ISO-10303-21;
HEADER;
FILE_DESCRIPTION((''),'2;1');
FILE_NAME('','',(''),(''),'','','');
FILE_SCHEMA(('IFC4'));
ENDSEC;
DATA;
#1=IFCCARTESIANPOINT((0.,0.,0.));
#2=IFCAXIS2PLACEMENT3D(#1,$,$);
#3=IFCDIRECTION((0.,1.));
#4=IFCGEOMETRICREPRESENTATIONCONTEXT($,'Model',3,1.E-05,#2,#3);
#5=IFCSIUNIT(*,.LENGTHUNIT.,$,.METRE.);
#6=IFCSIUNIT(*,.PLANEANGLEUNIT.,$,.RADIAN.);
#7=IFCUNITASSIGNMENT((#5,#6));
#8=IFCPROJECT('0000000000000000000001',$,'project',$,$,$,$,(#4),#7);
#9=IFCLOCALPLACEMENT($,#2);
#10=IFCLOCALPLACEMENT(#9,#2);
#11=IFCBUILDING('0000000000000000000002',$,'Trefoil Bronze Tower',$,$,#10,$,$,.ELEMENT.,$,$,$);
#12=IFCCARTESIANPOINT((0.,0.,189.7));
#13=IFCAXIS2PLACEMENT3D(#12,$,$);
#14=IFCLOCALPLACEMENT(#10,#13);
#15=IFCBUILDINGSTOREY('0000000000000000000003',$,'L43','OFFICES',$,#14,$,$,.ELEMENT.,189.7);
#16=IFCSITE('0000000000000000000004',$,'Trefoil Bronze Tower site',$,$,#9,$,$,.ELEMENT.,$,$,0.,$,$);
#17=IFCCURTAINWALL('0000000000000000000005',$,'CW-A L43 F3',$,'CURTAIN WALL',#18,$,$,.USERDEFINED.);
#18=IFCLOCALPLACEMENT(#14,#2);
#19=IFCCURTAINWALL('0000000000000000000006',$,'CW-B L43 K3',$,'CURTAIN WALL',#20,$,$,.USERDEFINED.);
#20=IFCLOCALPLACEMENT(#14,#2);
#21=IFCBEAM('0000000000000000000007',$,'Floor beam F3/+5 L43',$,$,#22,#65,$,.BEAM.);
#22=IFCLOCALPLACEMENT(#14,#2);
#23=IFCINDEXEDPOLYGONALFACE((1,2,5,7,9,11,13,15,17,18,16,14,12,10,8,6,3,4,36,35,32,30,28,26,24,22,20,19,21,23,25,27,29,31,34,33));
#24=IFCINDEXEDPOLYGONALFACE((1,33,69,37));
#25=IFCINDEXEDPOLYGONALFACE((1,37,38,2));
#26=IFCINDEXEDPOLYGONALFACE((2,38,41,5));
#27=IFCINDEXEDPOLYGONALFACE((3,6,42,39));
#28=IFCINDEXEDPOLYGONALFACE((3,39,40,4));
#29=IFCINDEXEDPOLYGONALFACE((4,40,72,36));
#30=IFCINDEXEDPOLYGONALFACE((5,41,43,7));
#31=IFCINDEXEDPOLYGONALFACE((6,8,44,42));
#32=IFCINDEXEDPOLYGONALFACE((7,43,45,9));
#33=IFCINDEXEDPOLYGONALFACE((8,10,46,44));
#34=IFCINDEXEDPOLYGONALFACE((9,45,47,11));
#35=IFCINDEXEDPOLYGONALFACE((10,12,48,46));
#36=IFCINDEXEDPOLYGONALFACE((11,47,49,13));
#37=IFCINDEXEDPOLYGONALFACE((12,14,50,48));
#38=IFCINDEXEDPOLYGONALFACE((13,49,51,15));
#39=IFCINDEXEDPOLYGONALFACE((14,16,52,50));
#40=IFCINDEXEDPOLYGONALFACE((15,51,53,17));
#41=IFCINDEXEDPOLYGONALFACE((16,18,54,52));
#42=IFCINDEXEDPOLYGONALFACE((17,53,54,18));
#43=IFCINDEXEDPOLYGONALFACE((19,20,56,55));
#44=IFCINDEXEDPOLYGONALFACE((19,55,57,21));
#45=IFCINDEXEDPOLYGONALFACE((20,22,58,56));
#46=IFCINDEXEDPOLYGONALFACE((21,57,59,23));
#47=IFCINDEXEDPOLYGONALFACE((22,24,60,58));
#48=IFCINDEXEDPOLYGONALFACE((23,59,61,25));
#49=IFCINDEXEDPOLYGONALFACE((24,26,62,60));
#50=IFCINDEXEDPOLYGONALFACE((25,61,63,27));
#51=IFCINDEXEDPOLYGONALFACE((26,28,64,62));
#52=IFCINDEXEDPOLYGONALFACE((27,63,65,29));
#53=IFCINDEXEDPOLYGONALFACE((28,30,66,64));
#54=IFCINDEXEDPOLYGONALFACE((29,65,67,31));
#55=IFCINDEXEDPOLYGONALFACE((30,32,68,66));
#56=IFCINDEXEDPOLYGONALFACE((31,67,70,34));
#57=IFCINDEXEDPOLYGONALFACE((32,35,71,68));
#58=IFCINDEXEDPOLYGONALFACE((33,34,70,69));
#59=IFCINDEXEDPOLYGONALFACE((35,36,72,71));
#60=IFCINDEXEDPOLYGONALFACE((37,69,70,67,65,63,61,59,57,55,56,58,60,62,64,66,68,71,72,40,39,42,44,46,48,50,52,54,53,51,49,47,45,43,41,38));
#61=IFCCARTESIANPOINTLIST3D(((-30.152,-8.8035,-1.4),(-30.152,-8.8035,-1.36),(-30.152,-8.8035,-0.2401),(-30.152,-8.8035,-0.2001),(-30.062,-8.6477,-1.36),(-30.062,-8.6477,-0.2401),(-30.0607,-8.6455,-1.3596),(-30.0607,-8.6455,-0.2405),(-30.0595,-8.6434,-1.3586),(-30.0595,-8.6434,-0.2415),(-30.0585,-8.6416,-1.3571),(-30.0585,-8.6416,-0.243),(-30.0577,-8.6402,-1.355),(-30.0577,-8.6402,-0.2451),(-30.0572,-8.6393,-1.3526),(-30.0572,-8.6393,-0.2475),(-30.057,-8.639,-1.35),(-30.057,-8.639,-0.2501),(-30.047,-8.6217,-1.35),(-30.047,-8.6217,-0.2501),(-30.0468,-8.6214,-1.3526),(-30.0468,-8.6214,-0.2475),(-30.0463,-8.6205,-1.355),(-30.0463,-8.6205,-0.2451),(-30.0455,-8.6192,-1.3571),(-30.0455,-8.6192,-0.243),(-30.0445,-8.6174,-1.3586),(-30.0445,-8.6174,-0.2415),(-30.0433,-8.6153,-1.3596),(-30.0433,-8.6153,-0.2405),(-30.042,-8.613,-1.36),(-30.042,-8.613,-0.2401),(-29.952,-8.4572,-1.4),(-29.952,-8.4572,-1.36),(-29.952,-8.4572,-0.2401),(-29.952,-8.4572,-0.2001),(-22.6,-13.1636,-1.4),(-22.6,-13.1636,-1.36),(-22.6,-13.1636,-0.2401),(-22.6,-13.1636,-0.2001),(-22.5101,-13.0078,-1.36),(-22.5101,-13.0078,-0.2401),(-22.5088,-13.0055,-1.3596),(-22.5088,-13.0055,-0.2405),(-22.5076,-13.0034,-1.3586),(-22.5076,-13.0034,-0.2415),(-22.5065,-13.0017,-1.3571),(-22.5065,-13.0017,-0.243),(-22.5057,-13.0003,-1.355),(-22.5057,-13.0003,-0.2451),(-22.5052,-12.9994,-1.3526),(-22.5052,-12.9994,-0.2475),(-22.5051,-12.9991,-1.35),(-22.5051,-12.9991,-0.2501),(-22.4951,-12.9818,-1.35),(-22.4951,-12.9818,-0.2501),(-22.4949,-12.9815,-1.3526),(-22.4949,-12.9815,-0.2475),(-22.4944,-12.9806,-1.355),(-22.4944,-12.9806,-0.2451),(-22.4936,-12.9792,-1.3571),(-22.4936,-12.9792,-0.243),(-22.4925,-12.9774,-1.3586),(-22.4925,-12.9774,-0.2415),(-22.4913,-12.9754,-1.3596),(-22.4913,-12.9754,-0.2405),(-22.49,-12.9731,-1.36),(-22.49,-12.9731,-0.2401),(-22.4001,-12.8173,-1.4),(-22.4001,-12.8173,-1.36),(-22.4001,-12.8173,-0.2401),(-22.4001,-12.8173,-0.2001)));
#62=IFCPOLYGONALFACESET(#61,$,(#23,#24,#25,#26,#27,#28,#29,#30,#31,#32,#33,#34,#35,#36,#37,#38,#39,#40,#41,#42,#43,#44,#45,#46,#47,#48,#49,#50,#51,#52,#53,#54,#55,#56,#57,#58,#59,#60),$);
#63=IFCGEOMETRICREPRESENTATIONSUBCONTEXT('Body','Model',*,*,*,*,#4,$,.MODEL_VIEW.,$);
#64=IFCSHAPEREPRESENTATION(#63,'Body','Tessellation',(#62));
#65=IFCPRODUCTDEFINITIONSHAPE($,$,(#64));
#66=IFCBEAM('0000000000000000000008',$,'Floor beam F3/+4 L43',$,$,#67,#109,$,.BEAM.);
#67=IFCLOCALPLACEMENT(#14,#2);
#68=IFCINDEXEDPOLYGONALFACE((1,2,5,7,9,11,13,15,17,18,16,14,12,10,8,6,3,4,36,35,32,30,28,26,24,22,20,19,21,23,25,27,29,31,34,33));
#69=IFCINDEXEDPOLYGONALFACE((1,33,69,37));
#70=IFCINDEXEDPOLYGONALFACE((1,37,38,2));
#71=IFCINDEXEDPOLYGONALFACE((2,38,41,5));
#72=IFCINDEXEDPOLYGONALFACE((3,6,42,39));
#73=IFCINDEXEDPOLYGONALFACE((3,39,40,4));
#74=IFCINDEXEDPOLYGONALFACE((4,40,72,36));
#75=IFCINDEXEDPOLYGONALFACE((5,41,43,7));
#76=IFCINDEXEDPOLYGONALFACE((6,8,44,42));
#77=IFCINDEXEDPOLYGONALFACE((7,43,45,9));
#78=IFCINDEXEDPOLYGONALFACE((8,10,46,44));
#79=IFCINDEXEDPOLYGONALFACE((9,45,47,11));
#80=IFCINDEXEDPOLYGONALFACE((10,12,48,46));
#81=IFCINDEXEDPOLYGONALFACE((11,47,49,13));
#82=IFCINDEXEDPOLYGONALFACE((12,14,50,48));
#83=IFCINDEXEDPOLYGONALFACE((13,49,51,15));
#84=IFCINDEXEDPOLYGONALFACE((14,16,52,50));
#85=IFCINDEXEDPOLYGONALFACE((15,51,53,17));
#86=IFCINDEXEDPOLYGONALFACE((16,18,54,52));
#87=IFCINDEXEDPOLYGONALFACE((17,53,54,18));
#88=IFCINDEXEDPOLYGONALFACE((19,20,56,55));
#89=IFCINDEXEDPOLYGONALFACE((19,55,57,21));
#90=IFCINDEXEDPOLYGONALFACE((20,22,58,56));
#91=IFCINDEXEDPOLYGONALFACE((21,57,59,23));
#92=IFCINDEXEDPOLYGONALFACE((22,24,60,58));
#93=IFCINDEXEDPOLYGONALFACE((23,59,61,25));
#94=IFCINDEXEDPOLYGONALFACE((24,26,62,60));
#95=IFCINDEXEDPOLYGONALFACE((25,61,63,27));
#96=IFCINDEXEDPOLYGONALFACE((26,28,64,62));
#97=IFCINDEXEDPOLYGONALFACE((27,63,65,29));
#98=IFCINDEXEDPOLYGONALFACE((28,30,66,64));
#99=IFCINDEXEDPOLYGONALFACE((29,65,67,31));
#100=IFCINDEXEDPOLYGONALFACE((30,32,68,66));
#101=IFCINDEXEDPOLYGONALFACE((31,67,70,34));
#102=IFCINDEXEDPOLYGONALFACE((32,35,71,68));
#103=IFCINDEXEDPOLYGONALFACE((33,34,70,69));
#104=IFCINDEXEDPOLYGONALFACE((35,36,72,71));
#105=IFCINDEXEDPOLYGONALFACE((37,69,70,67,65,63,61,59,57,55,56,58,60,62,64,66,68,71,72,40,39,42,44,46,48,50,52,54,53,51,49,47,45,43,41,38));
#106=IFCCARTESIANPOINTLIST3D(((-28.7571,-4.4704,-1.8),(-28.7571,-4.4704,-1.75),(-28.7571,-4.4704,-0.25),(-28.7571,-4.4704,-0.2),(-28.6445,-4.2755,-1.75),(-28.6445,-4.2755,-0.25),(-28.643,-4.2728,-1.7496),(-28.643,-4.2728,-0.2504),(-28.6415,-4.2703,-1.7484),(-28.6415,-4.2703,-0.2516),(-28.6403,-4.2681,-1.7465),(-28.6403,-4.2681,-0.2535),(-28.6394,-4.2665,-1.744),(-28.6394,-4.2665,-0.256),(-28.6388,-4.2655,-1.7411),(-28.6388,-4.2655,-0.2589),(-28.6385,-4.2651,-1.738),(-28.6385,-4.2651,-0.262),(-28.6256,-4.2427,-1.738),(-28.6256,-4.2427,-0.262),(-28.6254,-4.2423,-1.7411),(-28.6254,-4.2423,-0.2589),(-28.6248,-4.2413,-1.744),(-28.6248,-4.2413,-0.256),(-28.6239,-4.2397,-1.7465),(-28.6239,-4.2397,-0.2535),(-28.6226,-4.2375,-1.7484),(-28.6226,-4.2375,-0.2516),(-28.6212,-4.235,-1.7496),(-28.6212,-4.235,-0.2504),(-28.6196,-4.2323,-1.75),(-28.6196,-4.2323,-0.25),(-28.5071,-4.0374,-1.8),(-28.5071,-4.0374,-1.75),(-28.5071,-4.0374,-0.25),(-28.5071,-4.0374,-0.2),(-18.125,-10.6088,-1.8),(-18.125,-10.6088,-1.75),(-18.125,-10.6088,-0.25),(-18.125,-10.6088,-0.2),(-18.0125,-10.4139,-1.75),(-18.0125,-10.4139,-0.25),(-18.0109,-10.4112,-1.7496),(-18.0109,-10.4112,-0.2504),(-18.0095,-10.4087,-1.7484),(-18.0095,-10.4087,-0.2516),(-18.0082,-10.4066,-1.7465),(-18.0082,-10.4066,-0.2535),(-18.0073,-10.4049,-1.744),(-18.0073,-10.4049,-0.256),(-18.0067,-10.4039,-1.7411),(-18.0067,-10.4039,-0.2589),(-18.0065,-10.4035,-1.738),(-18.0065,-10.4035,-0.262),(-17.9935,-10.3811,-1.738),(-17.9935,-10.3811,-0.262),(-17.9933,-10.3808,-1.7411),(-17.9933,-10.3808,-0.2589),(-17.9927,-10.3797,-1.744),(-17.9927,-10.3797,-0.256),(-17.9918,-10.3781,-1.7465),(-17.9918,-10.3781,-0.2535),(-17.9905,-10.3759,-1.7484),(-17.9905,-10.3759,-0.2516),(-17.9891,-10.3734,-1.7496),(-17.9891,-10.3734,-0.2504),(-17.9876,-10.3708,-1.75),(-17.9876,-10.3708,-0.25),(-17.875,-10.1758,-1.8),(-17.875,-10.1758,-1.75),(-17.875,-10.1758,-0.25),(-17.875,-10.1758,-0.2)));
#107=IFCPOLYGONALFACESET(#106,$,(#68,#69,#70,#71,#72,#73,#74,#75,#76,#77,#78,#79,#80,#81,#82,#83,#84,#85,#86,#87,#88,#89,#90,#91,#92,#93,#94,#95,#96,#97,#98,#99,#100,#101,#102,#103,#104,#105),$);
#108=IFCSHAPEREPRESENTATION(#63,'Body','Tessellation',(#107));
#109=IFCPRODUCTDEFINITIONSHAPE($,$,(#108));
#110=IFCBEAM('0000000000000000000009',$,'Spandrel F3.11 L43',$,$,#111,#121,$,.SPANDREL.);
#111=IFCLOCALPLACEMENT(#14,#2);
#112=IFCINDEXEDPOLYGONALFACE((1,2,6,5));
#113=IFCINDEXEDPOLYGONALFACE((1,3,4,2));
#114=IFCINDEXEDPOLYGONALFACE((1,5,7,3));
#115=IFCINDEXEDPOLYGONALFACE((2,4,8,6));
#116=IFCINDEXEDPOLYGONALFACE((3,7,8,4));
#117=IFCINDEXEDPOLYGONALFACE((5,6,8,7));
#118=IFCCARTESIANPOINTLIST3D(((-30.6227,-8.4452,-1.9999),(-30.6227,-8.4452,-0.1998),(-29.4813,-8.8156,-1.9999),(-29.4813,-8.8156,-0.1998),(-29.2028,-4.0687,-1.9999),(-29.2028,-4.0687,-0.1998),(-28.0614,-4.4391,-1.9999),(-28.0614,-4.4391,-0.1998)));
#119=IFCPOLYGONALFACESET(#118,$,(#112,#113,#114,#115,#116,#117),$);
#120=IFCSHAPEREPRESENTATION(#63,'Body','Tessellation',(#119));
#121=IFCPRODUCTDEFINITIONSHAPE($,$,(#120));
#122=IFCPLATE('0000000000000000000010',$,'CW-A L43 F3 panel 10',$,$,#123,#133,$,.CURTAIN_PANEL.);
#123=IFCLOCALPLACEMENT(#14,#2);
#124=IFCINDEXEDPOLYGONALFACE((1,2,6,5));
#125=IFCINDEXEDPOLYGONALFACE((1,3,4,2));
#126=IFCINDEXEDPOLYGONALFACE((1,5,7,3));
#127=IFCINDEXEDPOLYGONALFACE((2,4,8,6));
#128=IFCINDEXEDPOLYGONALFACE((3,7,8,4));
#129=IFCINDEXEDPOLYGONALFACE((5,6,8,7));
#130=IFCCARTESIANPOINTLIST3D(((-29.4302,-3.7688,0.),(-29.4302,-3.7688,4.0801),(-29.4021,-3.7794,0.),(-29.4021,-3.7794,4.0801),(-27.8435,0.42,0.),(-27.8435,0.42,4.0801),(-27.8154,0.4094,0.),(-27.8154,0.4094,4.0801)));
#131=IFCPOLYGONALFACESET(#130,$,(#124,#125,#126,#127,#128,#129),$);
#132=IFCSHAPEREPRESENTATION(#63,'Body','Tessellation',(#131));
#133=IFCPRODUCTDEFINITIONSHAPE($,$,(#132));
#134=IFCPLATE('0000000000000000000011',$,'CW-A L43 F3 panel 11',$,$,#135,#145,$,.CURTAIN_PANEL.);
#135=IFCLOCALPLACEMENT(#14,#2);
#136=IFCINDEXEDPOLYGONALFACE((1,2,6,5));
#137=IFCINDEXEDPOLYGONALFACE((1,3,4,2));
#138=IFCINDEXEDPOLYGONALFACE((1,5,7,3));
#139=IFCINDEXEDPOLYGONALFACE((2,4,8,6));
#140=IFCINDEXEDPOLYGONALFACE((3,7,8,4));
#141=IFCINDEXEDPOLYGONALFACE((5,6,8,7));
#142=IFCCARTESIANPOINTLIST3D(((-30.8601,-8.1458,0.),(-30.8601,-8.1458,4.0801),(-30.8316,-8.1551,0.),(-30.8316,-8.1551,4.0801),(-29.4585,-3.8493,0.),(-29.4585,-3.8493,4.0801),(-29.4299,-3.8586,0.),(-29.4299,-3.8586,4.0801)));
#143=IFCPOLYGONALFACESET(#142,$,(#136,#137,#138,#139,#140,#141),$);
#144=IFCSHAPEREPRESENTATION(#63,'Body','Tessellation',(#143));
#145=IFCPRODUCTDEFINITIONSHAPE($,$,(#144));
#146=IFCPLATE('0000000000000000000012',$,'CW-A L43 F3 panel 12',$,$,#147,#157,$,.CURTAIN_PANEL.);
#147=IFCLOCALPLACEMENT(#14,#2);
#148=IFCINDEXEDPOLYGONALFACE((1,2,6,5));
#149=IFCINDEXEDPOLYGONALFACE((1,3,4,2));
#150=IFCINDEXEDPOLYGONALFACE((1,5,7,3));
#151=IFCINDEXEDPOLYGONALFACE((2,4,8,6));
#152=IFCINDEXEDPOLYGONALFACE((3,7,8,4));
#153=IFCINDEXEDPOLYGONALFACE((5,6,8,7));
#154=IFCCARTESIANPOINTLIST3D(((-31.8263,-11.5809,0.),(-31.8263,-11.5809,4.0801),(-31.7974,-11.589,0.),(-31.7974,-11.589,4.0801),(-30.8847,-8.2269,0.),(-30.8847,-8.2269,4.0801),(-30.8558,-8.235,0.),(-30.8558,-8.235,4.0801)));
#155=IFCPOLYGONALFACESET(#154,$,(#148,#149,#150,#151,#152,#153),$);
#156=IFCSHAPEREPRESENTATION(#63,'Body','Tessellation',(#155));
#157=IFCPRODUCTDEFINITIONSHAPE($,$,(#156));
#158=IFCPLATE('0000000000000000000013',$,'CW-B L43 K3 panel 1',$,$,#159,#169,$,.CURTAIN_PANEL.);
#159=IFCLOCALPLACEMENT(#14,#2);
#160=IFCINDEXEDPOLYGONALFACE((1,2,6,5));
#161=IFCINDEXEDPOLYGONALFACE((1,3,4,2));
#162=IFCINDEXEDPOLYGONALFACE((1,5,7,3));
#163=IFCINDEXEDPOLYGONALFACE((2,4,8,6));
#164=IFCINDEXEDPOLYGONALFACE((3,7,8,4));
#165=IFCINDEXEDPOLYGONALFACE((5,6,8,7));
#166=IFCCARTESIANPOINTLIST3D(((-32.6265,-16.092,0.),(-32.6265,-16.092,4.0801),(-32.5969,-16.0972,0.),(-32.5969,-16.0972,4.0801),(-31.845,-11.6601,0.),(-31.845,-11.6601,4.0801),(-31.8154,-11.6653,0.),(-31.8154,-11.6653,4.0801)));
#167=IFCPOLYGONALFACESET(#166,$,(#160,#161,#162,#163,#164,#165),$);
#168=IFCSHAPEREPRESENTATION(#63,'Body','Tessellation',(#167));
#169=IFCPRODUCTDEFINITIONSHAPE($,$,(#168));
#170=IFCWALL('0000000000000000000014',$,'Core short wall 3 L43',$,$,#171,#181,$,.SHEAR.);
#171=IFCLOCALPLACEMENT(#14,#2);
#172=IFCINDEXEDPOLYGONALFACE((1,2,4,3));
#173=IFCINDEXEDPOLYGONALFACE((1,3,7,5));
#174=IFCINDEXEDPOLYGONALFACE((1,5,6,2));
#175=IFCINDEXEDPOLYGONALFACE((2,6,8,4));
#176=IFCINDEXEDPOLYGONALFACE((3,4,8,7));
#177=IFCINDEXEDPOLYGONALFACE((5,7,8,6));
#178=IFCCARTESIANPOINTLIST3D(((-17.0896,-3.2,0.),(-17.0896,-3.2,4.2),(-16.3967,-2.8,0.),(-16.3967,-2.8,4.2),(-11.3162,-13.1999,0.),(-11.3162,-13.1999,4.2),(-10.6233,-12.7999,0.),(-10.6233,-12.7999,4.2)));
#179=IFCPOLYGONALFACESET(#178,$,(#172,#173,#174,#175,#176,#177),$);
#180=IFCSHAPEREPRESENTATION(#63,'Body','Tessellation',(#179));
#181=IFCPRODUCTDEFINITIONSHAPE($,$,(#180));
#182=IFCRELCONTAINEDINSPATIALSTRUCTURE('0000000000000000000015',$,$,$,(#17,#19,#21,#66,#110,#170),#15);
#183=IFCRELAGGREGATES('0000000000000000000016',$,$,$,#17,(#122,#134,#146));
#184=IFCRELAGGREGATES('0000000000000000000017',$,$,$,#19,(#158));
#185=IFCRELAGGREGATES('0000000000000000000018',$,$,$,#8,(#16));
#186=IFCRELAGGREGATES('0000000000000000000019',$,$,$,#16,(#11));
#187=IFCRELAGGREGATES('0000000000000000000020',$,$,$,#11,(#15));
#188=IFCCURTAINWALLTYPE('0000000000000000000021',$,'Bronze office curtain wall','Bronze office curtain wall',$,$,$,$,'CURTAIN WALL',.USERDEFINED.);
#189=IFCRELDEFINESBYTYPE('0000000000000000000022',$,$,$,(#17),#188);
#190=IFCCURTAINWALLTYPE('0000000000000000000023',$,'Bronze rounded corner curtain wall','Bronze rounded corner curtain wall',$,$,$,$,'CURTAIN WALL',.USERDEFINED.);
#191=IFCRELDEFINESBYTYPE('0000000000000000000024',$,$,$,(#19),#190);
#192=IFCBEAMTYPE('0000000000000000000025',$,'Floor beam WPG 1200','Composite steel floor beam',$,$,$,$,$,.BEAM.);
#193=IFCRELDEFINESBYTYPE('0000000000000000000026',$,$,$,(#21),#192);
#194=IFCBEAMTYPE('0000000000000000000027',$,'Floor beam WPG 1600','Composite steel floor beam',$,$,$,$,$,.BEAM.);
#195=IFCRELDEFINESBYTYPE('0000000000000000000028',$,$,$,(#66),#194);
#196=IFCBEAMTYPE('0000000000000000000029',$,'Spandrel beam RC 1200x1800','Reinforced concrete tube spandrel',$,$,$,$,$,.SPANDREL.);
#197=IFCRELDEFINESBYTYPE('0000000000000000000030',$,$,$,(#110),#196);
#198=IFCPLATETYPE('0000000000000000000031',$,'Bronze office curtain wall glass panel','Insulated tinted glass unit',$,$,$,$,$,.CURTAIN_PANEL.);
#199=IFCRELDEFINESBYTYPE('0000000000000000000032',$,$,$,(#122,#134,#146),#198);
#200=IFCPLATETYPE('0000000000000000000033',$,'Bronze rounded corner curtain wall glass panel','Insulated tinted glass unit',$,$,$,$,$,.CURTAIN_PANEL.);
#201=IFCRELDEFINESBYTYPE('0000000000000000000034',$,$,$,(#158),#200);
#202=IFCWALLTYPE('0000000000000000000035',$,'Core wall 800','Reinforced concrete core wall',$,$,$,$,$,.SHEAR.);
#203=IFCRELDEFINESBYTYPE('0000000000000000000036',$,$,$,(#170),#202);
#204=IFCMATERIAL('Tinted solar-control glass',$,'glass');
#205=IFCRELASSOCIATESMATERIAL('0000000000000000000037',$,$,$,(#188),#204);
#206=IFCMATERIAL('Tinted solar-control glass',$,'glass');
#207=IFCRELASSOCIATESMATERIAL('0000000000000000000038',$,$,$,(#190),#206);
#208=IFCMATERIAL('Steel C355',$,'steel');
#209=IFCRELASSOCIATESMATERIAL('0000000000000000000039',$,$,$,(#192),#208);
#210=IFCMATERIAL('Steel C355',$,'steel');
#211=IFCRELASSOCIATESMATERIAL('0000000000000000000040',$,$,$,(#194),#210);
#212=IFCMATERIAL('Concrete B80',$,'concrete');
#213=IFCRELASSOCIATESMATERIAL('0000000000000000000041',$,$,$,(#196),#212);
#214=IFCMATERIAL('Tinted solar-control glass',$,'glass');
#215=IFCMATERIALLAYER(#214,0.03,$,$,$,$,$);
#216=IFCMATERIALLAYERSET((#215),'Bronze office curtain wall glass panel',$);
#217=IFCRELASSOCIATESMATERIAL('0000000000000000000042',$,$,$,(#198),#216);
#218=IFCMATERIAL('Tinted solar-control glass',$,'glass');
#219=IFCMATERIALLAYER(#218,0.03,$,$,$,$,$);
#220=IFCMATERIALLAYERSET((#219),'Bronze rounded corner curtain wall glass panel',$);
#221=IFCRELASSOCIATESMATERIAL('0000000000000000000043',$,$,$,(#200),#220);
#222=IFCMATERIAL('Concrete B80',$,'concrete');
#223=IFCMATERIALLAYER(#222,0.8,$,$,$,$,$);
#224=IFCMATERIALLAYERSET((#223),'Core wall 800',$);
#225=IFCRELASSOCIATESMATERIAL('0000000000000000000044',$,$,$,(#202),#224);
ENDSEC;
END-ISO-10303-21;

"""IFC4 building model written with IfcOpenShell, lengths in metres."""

from ifc_helpers import new_model, si_unit, direction, frame, frame_2d, origin, origin_2d, place, context, subcontext, project, spatial, rectangle, i_section, extrude, material, layer, layer_set, material_profile, profile_set, type_object, element, aggregate, save


model = new_model("IFC4")

# Units and contexts
model_context = context("Model", 3, precision=1e-05, world=origin(), true_north=direction((0.0, 1.0)))
body_context = subcontext(model_context, "Body", "Model", "MODEL_VIEW")
ifc_project = project(units=[si_unit("LENGTHUNIT", "METRE"), si_unit("PLANEANGLEUNIT", "RADIAN")], contexts=[model_context])

# Site, building, storey
site_placement = place(None, origin())
site = spatial("IfcSite", under=ifc_project, at=site_placement, Name="Trefoil Bronze Tower site", CompositionType="ELEMENT", RefElevation=0.0)
building_placement = place(site_placement, origin())
building = spatial("IfcBuilding", under=site, at=building_placement, Name="Trefoil Bronze Tower", CompositionType="ELEMENT")
storey_placement = place(building_placement, frame((0.0, 0.0, 189.7)))
storey = spatial("IfcBuildingStorey", under=building, at=storey_placement, Name="L43", Description="OFFICES", CompositionType="ELEMENT", Elevation=189.7)

# Curtain walls
ifc_material_1 = material(Name="Tinted solar-control glass", Category="glass")
curtain_wall_type_1 = type_object("IfcCurtainWallType", Name="Bronze office curtain wall", Description="Bronze office curtain wall", ElementType="CURTAIN WALL", PredefinedType="USERDEFINED", material=ifc_material_1)
curtain_wall_1_placement = place(storey_placement, origin())
curtain_wall_1 = element("IfcCurtainWall", 1, at=curtain_wall_1_placement, inside=storey, type_object=curtain_wall_type_1, Name="CW-A L43 F3", ObjectType="CURTAIN WALL", PredefinedType="USERDEFINED")
ifc_material_2 = material(Name="Tinted solar-control glass", Category="glass")
curtain_wall_type_2 = type_object("IfcCurtainWallType", Name="Bronze rounded corner curtain wall", Description="Bronze rounded corner curtain wall", ElementType="CURTAIN WALL", PredefinedType="USERDEFINED", material=ifc_material_2)
curtain_wall_2_placement = place(storey_placement, origin())
curtain_wall_2 = element("IfcCurtainWall", 2, at=curtain_wall_2_placement, inside=storey, type_object=curtain_wall_type_2, Name="CW-B L43 K3", ObjectType="CURTAIN WALL", PredefinedType="USERDEFINED")

# Beams
ifc_material_3 = material(Name="Steel C355", Category="steel")
ifc_material_profile_1 = material_profile(ifc_material_3, i_section(OverallWidth=0.3999, OverallDepth=1.2, WebThickness=0.02, FlangeThickness=0.04, FilletRadius=0.01, at=origin_2d()), Name="WPG 1200")
ifc_profile_set_1 = profile_set([ifc_material_profile_1], Name="Steel C355")
beam_type_1 = type_object("IfcBeamType", Name="Floor beam WPG 1200", Description="Composite steel floor beam", PredefinedType="BEAM", material=ifc_profile_set_1)
beam_1_placement = place(storey_placement, frame((-30.052, -8.6304, -0.8), z_axis=(0.866028, -0.499996, 0.0), x_axis=(0.499996, 0.866028, 0.0)))
element("IfcBeam", 3, at=beam_1_placement, inside=storey, type_object=beam_type_1, Name="Floor beam F3/+5 L43", PredefinedType="BEAM", context=body_context, shape_type="SweptSolid", body=[
    extrude(i_section(OverallWidth=0.3999, OverallDepth=1.2, WebThickness=0.02, FlangeThickness=0.04, FilletRadius=0.01, at=origin_2d()), origin(), (0.0, 0.0, 1.0), 8.7202),
])
ifc_material_4 = material(Name="Steel C355", Category="steel")
ifc_material_profile_2 = material_profile(ifc_material_4, i_section(OverallWidth=0.5, OverallDepth=1.6001, WebThickness=0.0259, FlangeThickness=0.05, FilletRadius=0.012, at=origin_2d()), Name="WPG 1600")
ifc_profile_set_2 = profile_set([ifc_material_profile_2], Name="Steel C355")
beam_type_2 = type_object("IfcBeamType", Name="Floor beam WPG 1600", Description="Composite steel floor beam", PredefinedType="BEAM", material=ifc_profile_set_2)
beam_2_placement = place(storey_placement, frame((-28.6321, -4.2539, -1.0), z_axis=(0.866026, -0.5, 0.0), x_axis=(0.5, 0.866026, 0.0)))
element("IfcBeam", 4, at=beam_2_placement, inside=storey, type_object=beam_type_2, Name="Floor beam F3/+4 L43", PredefinedType="BEAM", context=body_context, shape_type="SweptSolid", body=[
    extrude(i_section(OverallWidth=0.5, OverallDepth=1.6001, WebThickness=0.0259, FlangeThickness=0.05, FilletRadius=0.012, at=origin_2d()), origin(), (0.0, 0.0, 1.0), 12.2769),
])
ifc_material_5 = material(Name="Concrete B80", Category="concrete")
ifc_material_profile_3 = material_profile(ifc_material_5, rectangle(XDim=1.2, YDim=1.8, at=origin_2d()), Name="RC 1200x1800")
ifc_profile_set_3 = profile_set([ifc_material_profile_3], Name="Concrete B80")
beam_type_3 = type_object("IfcBeamType", Name="Spandrel beam RC 1200x1800", Description="Reinforced concrete tube spandrel", PredefinedType="SPANDREL", material=ifc_profile_set_3)
beam_3_placement = place(storey_placement, frame((-28.6321, -4.2539, -1.0999), z_axis=(-0.308609, -0.951189, 0.0), x_axis=(0.951189, -0.308609, 0.0)))
element("IfcBeam", 5, at=beam_3_placement, inside=storey, type_object=beam_type_3, Name="Spandrel F3.11 L43", PredefinedType="SPANDREL", context=body_context, shape_type="SweptSolid", body=[
    extrude(rectangle(XDim=1.2, YDim=1.8, at=origin_2d()), origin(), (0.0, 0.0, 1.0), 4.6011),
])

# Plates
ifc_material_6 = material(Name="Tinted solar-control glass", Category="glass")
ifc_layer_1 = layer(ifc_material_6, 0.03)
ifc_layer_set_1 = layer_set([ifc_layer_1], Name="Bronze office curtain wall glass panel")
plate_type_1 = type_object("IfcPlateType", Name="Bronze office curtain wall glass panel", Description="Insulated tinted glass unit", PredefinedType="CURTAIN_PANEL", material=ifc_layer_set_1)
plate_1_placement = place(storey_placement, frame((-28.6228, -1.6797, 0.0), z_axis=(0.0, 0.0, 1.0), x_axis=(-0.354234, -0.935157, 0.0)))
plate_1 = element("IfcPlate", 6, at=plate_1_placement, type_object=plate_type_1, Name="CW-A L43 F3 panel 10", PredefinedType="CURTAIN_PANEL", context=body_context, shape_type="SweptSolid", body=[
    extrude(rectangle(XDim=4.4792, YDim=0.03, at=origin_2d()), origin(), (0.0, 0.0, 1.0), 4.0801),
])
plate_2_placement = place(storey_placement, frame((-30.145, -6.0022, 0.0), z_axis=(0.0, 0.0, 1.0), x_axis=(-0.310149, -0.950688, 0.0)))
plate_2 = element("IfcPlate", 7, at=plate_2_placement, type_object=plate_type_1, Name="CW-A L43 F3 panel 11", PredefinedType="CURTAIN_PANEL", context=body_context, shape_type="SweptSolid", body=[
    extrude(rectangle(XDim=4.5193, YDim=0.03, at=origin_2d()), origin(), (0.0, 0.0, 1.0), 4.0801),
])
plate_3_placement = place(storey_placement, frame((-31.3411, -9.908, 0.0), z_axis=(0.0, 0.0, 1.0), x_axis=(-0.270282, -0.962781, 0.0)))
plate_3 = element("IfcPlate", 8, at=plate_3_placement, type_object=plate_type_1, Name="CW-A L43 F3 panel 12", PredefinedType="CURTAIN_PANEL", context=body_context, shape_type="SweptSolid", body=[
    extrude(rectangle(XDim=3.4836, YDim=0.03, at=origin_2d()), origin(), (0.0, 0.0, 1.0), 4.0801),
])
aggregate(curtain_wall_1, [plate_1, plate_2, plate_3])
ifc_material_7 = material(Name="Tinted solar-control glass", Category="glass")
ifc_layer_2 = layer(ifc_material_7, 0.03)
ifc_layer_set_2 = layer_set([ifc_layer_2], Name="Bronze rounded corner curtain wall glass panel")
plate_type_2 = type_object("IfcPlateType", Name="Bronze rounded corner curtain wall glass panel", Description="Insulated tinted glass unit", PredefinedType="CURTAIN_PANEL", material=ifc_layer_set_2)
plate_4_placement = place(storey_placement, frame((-32.2209, -13.8787, 0.0), z_axis=(0.0, 0.0, 1.0), x_axis=(-0.173648, -0.984808, 0.0)))
plate_4 = element("IfcPlate", 9, at=plate_4_placement, type_object=plate_type_2, Name="CW-B L43 K3 panel 1", PredefinedType="CURTAIN_PANEL", context=body_context, shape_type="SweptSolid", body=[
    extrude(rectangle(XDim=4.5002, YDim=0.03, at=origin_2d()), origin(), (0.0, 0.0, 1.0), 4.0801),
])
aggregate(curtain_wall_2, [plate_4])

# Wall
ifc_material_8 = material(Name="Concrete B80", Category="concrete")
ifc_layer_3 = layer(ifc_material_8, 0.8)
ifc_layer_set_3 = layer_set([ifc_layer_3], Name="Core wall 800")
wall_type_1 = type_object("IfcWallType", Name="Core wall 800", Description="Reinforced concrete core wall", PredefinedType="SHEAR", material=ifc_layer_set_3)
wall_1_placement = place(storey_placement, frame((-16.7432, -3.0, 0.0), z_axis=(0.0, 0.0, 1.0), x_axis=(0.499996, -0.866028, 0.0)))
element("IfcWall", 10, at=wall_1_placement, inside=storey, type_object=wall_type_1, Name="Core short wall 3 L43", PredefinedType="SHEAR", context=body_context, shape_type="SweptSolid", body=[
    extrude(rectangle(XDim=11.5469, YDim=0.8, at=frame_2d((5.7734, 0.0))), origin(), (0.0, 0.0, 1.0), 4.2),
])

save(model, "model.ifc")
